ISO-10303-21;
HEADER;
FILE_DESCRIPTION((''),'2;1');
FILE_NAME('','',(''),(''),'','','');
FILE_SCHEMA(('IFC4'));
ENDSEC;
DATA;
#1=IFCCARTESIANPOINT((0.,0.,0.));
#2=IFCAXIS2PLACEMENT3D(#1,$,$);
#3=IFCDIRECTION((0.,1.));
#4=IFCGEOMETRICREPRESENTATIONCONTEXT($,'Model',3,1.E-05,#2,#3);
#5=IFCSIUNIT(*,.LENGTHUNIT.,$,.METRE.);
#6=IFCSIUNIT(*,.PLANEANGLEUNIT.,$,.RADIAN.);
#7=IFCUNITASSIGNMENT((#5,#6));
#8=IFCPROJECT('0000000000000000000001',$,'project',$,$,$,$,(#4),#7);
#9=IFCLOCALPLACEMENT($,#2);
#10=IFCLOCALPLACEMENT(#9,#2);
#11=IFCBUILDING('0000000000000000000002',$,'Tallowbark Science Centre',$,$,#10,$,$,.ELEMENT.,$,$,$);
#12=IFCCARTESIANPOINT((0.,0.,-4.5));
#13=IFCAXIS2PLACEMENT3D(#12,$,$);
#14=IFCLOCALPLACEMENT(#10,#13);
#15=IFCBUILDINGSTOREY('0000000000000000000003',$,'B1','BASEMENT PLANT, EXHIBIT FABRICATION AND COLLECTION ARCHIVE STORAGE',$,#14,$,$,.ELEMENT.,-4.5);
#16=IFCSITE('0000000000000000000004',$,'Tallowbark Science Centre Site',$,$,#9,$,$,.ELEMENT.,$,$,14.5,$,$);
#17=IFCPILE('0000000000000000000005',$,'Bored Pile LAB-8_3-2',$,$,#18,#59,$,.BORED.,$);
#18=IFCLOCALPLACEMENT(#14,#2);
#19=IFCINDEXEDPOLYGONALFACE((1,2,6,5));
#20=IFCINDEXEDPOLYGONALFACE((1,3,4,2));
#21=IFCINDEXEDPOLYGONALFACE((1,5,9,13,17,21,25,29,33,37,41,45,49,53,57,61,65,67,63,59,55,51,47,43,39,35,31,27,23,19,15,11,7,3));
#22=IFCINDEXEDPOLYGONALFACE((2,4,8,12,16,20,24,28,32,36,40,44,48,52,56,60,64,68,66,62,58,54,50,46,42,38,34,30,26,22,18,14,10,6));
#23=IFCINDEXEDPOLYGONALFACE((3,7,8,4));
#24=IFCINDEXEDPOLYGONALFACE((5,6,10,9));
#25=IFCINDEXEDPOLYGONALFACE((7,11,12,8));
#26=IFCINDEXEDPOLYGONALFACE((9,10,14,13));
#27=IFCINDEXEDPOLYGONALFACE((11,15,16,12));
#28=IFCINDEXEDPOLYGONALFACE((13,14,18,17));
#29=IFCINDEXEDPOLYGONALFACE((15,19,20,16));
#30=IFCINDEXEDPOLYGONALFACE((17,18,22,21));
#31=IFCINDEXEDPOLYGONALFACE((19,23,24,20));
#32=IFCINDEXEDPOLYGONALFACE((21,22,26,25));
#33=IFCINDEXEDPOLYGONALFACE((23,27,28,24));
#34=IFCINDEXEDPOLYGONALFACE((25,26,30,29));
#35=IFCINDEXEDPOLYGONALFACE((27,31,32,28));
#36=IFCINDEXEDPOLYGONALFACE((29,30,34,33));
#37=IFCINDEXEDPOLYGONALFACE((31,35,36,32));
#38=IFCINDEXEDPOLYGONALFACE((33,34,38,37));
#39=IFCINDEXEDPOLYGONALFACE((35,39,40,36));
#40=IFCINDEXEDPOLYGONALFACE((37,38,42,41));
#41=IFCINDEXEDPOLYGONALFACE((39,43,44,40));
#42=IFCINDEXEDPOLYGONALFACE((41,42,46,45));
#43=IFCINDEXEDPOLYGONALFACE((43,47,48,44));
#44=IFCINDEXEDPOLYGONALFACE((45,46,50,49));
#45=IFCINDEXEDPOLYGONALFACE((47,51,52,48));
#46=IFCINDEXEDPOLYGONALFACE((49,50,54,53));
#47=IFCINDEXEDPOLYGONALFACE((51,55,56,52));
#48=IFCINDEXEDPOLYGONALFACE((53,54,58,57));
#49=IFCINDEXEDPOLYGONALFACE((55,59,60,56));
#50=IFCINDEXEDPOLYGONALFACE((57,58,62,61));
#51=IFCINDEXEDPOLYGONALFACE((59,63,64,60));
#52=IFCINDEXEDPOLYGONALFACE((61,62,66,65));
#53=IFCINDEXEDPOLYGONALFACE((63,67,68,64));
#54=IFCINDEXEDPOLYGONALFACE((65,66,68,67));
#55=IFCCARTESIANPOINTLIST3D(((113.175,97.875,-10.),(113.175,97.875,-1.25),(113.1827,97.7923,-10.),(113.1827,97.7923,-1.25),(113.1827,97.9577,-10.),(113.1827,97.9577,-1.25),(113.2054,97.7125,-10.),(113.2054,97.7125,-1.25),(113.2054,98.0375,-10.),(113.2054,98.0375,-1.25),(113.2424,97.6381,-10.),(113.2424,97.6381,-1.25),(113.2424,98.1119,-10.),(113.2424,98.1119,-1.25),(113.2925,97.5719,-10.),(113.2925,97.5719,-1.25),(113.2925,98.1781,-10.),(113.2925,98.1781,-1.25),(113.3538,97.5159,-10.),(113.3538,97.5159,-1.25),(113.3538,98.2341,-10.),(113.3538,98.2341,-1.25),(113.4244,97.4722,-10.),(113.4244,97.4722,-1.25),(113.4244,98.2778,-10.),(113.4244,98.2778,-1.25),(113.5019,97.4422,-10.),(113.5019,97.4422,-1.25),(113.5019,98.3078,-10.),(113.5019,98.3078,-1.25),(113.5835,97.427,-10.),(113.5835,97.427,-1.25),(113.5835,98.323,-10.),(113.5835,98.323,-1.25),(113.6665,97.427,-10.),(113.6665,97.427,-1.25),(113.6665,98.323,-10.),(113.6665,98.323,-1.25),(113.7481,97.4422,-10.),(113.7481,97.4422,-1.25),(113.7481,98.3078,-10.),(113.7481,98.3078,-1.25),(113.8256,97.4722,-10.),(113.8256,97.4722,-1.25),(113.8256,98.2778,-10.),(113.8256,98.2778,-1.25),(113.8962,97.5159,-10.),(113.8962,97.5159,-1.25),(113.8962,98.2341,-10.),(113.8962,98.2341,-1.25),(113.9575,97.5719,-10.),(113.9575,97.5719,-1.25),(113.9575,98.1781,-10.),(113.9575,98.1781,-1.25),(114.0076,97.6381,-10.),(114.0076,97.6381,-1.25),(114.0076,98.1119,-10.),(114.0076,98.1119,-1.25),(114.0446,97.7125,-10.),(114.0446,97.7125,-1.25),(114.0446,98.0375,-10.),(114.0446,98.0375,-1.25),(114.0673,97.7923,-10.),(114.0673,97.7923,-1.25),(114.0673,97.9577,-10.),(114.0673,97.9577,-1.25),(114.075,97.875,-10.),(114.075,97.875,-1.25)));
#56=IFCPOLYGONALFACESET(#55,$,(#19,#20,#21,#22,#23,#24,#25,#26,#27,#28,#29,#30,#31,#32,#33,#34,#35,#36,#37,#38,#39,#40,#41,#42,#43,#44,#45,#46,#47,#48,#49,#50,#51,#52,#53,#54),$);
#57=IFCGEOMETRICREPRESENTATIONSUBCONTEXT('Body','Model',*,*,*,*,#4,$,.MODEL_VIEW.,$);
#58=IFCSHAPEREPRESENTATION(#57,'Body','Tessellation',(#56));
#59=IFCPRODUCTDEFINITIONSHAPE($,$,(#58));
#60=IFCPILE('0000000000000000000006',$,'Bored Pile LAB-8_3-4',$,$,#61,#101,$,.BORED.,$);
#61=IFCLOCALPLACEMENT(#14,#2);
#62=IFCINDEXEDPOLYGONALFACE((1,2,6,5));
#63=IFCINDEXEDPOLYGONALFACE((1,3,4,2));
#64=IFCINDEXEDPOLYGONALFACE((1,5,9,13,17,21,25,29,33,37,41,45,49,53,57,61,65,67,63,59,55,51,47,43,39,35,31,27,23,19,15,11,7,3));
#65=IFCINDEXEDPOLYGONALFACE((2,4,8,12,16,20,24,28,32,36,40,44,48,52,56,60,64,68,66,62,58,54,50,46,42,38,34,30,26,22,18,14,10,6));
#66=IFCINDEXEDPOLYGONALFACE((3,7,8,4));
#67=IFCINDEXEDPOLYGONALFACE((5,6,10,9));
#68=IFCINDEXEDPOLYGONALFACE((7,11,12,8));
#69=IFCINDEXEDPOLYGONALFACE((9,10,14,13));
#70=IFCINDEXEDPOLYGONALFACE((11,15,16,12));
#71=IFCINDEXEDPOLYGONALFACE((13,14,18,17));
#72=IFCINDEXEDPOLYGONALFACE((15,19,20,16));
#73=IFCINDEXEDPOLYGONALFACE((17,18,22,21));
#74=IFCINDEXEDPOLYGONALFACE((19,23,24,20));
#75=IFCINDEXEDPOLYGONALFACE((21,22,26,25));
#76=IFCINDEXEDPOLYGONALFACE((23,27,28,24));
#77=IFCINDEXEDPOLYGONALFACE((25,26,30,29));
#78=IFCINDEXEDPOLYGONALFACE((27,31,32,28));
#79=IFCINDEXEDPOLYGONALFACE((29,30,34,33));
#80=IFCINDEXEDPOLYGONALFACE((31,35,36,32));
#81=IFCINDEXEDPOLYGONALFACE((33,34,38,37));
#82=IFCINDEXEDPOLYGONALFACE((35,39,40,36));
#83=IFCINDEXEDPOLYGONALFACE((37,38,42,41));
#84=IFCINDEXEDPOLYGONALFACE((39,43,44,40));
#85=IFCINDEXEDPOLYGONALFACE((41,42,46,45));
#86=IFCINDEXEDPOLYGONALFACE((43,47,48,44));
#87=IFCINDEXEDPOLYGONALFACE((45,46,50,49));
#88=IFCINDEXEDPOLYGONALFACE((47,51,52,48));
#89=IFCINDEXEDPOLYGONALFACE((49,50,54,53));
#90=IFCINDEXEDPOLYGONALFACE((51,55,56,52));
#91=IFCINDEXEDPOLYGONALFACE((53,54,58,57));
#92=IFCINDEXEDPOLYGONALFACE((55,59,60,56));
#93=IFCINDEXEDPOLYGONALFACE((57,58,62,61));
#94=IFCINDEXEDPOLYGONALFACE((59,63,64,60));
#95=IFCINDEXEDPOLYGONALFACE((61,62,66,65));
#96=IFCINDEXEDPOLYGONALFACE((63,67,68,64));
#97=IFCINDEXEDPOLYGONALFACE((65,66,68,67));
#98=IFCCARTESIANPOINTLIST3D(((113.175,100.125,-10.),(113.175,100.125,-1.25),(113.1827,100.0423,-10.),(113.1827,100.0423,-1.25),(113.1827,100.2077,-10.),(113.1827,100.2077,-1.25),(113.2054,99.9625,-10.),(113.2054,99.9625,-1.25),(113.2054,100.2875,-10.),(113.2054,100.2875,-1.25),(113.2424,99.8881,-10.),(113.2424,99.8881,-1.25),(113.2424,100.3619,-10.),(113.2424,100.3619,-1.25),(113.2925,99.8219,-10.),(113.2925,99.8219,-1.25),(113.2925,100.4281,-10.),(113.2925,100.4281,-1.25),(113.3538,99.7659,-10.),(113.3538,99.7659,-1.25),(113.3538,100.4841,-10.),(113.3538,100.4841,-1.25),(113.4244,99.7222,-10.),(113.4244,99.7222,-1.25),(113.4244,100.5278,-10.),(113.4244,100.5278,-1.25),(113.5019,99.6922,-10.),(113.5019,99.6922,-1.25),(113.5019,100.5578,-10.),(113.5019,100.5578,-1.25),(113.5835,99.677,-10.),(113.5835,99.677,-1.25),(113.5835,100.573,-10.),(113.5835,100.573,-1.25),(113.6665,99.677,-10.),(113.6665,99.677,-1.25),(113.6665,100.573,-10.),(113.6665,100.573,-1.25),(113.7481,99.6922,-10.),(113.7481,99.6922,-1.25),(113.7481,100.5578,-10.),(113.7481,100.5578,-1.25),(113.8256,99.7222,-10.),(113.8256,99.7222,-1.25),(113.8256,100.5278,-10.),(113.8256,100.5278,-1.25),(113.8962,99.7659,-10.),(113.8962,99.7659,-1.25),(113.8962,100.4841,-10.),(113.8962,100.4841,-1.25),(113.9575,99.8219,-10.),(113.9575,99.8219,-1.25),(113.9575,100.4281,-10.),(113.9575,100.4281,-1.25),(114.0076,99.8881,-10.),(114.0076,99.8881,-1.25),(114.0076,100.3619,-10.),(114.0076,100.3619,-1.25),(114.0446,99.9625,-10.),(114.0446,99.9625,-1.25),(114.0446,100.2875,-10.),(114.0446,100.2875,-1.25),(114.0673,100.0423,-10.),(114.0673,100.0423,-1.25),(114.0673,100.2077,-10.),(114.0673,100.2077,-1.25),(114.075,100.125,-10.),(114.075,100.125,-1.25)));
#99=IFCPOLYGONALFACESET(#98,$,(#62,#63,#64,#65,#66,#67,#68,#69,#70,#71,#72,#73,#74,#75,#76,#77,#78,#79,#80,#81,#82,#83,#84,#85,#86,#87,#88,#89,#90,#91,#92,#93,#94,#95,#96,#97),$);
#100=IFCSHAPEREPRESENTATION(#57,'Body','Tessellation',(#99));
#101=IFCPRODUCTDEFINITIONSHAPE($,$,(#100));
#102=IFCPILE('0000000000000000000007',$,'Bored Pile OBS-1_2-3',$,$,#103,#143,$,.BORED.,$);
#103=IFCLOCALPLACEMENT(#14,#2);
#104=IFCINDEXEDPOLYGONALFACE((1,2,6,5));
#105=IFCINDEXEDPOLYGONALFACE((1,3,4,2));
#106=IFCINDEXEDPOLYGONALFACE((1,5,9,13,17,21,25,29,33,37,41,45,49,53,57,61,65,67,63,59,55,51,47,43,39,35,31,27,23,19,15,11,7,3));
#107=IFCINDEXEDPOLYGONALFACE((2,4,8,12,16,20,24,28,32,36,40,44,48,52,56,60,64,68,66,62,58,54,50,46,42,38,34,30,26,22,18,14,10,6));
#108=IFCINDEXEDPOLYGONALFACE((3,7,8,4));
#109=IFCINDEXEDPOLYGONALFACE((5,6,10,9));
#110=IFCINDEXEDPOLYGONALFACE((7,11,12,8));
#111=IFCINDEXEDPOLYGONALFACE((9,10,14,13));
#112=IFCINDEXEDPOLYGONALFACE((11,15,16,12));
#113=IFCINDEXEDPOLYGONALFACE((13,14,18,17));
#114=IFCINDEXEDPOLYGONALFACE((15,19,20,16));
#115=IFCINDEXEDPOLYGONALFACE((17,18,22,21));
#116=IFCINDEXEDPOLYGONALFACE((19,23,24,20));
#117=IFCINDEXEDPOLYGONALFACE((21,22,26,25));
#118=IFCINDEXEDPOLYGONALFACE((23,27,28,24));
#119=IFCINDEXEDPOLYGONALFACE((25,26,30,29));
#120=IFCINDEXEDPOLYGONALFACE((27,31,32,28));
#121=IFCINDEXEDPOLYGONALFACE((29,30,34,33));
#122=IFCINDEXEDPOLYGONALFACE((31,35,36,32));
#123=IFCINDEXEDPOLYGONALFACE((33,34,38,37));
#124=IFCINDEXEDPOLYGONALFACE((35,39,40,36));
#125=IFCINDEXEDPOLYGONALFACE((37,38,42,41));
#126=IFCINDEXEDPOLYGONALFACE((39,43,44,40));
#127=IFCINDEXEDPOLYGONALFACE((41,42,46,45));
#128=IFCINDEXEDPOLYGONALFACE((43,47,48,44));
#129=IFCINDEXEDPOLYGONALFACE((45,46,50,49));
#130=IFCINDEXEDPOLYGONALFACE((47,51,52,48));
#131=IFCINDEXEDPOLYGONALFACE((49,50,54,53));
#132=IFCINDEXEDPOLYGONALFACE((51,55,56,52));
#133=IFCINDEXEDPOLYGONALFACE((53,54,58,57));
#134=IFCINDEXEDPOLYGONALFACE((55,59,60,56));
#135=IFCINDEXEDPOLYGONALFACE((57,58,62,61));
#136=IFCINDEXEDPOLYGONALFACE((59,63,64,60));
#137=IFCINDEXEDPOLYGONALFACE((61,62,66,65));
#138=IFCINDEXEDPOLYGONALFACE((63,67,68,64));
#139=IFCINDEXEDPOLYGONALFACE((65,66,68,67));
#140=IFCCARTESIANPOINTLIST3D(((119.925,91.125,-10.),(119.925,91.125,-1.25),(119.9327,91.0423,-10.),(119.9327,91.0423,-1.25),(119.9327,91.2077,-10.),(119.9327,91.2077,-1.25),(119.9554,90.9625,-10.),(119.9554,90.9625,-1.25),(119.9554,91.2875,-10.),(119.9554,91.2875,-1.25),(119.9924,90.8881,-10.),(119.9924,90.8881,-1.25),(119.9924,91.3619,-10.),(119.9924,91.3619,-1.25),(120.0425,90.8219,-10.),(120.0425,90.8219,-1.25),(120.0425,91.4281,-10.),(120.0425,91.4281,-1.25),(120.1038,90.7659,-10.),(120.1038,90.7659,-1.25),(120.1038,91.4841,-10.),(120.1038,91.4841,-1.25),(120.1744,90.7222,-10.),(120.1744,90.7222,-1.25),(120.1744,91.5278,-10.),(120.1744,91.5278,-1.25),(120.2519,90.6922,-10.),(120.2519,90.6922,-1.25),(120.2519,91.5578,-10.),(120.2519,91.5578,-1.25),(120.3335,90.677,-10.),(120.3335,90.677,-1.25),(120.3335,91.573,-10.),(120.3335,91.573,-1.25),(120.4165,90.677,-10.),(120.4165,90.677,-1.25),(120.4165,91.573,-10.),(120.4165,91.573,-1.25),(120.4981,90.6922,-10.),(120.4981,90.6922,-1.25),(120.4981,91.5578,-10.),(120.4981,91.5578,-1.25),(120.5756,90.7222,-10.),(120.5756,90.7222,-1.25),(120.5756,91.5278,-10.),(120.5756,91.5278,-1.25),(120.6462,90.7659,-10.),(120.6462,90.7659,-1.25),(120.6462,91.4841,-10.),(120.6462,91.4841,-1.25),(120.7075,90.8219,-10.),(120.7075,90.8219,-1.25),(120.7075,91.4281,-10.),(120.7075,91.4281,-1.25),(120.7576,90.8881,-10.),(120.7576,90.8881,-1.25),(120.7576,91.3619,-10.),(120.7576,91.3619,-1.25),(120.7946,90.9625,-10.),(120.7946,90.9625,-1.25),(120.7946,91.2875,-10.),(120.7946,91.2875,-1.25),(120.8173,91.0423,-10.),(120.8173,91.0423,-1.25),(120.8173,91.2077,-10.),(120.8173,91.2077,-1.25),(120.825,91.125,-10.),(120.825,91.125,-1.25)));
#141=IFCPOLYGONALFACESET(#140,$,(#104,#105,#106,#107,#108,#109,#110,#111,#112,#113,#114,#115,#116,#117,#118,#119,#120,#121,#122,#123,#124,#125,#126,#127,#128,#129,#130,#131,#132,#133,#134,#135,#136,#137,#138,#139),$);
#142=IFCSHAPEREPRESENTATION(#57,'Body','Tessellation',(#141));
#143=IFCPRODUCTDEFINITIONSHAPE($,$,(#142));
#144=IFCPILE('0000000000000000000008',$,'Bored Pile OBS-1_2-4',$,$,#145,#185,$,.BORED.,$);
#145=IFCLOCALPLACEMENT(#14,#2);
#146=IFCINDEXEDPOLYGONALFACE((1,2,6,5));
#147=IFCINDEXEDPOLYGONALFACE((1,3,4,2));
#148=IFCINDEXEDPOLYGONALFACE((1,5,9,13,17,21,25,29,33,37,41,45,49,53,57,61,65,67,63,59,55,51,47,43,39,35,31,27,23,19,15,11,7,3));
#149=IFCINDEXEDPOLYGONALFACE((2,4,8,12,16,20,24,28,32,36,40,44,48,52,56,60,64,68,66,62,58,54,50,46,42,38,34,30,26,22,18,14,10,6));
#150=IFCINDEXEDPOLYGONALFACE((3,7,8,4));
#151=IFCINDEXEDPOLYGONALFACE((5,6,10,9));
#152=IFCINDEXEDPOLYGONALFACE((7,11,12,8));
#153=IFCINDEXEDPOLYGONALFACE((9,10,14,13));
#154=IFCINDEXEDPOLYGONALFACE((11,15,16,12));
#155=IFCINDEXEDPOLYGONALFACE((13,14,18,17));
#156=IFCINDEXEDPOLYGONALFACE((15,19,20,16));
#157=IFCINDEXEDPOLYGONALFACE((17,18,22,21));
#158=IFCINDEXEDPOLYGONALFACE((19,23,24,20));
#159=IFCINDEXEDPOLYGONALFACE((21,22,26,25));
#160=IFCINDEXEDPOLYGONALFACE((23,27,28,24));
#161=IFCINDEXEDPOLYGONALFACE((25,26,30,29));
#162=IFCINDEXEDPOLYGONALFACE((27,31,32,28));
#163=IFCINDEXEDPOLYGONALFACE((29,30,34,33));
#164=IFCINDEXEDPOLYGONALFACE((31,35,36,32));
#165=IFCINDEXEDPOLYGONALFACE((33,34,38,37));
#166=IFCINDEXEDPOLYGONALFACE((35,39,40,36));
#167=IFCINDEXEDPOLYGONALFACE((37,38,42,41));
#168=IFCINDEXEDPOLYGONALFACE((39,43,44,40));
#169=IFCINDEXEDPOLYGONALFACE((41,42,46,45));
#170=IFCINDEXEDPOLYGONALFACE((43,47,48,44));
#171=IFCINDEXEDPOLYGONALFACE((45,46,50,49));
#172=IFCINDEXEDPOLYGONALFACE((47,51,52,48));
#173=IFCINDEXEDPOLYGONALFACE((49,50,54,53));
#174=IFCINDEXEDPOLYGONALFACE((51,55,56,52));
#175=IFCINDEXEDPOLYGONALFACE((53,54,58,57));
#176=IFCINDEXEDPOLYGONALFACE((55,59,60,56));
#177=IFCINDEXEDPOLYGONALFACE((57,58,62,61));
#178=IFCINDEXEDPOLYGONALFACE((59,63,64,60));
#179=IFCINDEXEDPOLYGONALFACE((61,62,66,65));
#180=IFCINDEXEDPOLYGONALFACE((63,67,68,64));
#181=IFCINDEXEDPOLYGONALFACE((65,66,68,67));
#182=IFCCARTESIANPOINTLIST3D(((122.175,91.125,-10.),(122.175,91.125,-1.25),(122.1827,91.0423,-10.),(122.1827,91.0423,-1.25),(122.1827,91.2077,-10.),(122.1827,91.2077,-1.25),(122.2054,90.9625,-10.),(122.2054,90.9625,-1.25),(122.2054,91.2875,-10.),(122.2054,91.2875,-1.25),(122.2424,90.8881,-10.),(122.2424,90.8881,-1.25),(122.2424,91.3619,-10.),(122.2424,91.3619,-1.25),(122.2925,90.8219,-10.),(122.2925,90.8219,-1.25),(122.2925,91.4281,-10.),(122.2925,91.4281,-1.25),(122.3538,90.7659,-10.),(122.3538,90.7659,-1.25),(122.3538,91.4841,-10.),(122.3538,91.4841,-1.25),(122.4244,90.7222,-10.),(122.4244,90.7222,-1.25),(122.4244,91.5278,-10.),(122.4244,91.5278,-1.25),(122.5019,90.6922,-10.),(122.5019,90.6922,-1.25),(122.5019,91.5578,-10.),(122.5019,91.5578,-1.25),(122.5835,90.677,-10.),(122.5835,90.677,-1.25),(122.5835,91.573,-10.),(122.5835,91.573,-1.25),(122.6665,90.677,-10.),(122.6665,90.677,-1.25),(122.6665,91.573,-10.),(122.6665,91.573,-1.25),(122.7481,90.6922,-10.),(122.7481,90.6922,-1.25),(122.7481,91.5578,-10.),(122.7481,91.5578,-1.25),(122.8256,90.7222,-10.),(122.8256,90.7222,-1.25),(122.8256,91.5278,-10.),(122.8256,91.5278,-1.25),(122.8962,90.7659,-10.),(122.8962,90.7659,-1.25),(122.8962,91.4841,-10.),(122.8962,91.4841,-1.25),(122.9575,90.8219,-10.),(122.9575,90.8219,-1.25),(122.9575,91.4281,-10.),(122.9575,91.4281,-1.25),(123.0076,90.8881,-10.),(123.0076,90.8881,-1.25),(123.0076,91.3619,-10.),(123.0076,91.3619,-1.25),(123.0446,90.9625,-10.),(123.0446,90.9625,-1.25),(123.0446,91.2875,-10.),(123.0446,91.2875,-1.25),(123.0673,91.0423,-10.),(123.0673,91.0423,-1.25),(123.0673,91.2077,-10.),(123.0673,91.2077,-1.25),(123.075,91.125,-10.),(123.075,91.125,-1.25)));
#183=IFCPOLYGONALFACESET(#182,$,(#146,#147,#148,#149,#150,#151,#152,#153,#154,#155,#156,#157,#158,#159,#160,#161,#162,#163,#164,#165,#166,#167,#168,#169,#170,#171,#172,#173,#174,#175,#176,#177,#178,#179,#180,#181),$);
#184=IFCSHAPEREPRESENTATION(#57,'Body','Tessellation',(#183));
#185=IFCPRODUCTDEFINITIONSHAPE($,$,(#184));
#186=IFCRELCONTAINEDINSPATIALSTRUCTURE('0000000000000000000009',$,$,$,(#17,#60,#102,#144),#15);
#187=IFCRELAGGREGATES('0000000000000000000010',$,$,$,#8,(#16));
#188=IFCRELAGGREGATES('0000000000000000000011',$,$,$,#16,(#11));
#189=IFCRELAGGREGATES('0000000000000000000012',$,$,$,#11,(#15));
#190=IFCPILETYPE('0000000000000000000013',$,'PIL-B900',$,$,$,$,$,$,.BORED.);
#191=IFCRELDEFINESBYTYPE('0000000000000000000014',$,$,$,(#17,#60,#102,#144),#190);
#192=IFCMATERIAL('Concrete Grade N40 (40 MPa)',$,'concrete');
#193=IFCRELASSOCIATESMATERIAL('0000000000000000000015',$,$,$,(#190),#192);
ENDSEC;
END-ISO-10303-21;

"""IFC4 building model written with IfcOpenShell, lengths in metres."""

from ifc_helpers import new_model, si_unit, direction, frame, origin, origin_2d, place, context, subcontext, project, spatial, circle, extrude, material, material_profile, profile_set, type_object, element, save


model = new_model("IFC4")

# Units and contexts
model_context = context("Model", 3, precision=1e-05, world=origin(), true_north=direction((0.0, 1.0)))
body_context = subcontext(model_context, "Body", "Model", "MODEL_VIEW")
ifc_project = project(units=[si_unit("LENGTHUNIT", "METRE"), si_unit("PLANEANGLEUNIT", "RADIAN")], contexts=[model_context])

# Site, building, storey
site_placement = place(None, origin())
site = spatial("IfcSite", under=ifc_project, at=site_placement, Name="Tallowbark Science Centre Site", CompositionType="ELEMENT", RefElevation=14.5)
building_placement = place(site_placement, origin())
building = spatial("IfcBuilding", under=site, at=building_placement, Name="Tallowbark Science Centre", CompositionType="ELEMENT")
storey_placement = place(building_placement, frame((0.0, 0.0, -4.5)))
storey = spatial("IfcBuildingStorey", under=building, at=storey_placement, Name="B1", Description="BASEMENT PLANT, EXHIBIT FABRICATION AND COLLECTION ARCHIVE STORAGE", CompositionType="ELEMENT", Elevation=-4.5)

# Shared definitions
ifc_material_1 = material(Name="Concrete Grade N40 (40 MPa)", Category="concrete")

# Piles
ifc_material_profile_1 = material_profile(ifc_material_1, circle(Radius=0.45, at=origin_2d()), Name="PILE900")
ifc_profile_set_1 = profile_set([ifc_material_profile_1], Name="Concrete Grade N40 (40 MPa)")
pile_type_1 = type_object("IfcPileType", Name="PIL-B900", PredefinedType="BORED", material=ifc_profile_set_1)
for number, where, z_axis, x_axis, name in (
    (1, (113.625, 97.875, -1.25), (0.0, 0.0, -1.0), (1.0, 0.0, 0.0), "Bored Pile LAB-8_3-2"),
    (2, (113.625, 100.125, -1.25), (0.0, 0.0, -1.0), (1.0, 0.0, 0.0), "Bored Pile LAB-8_3-4"),
    (3, (120.375, 91.125, -1.25), (0.0, 0.0, -1.0), (1.0, 0.0, 0.0), "Bored Pile OBS-1_2-3"),
    (4, (122.625, 91.125, -1.25), (0.0, 0.0, -1.0), (1.0, 0.0, 0.0), "Bored Pile OBS-1_2-4"),
):
    element("IfcPile", number, at=place(storey_placement, frame(where, z_axis=z_axis, x_axis=x_axis)), inside=storey, type_object=pile_type_1, Name=name, PredefinedType="BORED", context=body_context, shape_type="SweptSolid", body=[
        extrude(circle(Radius=0.45, at=origin_2d()), origin(), (0.0, 0.0, 1.0), 8.75),
    ])

save(model, "model.ifc")
